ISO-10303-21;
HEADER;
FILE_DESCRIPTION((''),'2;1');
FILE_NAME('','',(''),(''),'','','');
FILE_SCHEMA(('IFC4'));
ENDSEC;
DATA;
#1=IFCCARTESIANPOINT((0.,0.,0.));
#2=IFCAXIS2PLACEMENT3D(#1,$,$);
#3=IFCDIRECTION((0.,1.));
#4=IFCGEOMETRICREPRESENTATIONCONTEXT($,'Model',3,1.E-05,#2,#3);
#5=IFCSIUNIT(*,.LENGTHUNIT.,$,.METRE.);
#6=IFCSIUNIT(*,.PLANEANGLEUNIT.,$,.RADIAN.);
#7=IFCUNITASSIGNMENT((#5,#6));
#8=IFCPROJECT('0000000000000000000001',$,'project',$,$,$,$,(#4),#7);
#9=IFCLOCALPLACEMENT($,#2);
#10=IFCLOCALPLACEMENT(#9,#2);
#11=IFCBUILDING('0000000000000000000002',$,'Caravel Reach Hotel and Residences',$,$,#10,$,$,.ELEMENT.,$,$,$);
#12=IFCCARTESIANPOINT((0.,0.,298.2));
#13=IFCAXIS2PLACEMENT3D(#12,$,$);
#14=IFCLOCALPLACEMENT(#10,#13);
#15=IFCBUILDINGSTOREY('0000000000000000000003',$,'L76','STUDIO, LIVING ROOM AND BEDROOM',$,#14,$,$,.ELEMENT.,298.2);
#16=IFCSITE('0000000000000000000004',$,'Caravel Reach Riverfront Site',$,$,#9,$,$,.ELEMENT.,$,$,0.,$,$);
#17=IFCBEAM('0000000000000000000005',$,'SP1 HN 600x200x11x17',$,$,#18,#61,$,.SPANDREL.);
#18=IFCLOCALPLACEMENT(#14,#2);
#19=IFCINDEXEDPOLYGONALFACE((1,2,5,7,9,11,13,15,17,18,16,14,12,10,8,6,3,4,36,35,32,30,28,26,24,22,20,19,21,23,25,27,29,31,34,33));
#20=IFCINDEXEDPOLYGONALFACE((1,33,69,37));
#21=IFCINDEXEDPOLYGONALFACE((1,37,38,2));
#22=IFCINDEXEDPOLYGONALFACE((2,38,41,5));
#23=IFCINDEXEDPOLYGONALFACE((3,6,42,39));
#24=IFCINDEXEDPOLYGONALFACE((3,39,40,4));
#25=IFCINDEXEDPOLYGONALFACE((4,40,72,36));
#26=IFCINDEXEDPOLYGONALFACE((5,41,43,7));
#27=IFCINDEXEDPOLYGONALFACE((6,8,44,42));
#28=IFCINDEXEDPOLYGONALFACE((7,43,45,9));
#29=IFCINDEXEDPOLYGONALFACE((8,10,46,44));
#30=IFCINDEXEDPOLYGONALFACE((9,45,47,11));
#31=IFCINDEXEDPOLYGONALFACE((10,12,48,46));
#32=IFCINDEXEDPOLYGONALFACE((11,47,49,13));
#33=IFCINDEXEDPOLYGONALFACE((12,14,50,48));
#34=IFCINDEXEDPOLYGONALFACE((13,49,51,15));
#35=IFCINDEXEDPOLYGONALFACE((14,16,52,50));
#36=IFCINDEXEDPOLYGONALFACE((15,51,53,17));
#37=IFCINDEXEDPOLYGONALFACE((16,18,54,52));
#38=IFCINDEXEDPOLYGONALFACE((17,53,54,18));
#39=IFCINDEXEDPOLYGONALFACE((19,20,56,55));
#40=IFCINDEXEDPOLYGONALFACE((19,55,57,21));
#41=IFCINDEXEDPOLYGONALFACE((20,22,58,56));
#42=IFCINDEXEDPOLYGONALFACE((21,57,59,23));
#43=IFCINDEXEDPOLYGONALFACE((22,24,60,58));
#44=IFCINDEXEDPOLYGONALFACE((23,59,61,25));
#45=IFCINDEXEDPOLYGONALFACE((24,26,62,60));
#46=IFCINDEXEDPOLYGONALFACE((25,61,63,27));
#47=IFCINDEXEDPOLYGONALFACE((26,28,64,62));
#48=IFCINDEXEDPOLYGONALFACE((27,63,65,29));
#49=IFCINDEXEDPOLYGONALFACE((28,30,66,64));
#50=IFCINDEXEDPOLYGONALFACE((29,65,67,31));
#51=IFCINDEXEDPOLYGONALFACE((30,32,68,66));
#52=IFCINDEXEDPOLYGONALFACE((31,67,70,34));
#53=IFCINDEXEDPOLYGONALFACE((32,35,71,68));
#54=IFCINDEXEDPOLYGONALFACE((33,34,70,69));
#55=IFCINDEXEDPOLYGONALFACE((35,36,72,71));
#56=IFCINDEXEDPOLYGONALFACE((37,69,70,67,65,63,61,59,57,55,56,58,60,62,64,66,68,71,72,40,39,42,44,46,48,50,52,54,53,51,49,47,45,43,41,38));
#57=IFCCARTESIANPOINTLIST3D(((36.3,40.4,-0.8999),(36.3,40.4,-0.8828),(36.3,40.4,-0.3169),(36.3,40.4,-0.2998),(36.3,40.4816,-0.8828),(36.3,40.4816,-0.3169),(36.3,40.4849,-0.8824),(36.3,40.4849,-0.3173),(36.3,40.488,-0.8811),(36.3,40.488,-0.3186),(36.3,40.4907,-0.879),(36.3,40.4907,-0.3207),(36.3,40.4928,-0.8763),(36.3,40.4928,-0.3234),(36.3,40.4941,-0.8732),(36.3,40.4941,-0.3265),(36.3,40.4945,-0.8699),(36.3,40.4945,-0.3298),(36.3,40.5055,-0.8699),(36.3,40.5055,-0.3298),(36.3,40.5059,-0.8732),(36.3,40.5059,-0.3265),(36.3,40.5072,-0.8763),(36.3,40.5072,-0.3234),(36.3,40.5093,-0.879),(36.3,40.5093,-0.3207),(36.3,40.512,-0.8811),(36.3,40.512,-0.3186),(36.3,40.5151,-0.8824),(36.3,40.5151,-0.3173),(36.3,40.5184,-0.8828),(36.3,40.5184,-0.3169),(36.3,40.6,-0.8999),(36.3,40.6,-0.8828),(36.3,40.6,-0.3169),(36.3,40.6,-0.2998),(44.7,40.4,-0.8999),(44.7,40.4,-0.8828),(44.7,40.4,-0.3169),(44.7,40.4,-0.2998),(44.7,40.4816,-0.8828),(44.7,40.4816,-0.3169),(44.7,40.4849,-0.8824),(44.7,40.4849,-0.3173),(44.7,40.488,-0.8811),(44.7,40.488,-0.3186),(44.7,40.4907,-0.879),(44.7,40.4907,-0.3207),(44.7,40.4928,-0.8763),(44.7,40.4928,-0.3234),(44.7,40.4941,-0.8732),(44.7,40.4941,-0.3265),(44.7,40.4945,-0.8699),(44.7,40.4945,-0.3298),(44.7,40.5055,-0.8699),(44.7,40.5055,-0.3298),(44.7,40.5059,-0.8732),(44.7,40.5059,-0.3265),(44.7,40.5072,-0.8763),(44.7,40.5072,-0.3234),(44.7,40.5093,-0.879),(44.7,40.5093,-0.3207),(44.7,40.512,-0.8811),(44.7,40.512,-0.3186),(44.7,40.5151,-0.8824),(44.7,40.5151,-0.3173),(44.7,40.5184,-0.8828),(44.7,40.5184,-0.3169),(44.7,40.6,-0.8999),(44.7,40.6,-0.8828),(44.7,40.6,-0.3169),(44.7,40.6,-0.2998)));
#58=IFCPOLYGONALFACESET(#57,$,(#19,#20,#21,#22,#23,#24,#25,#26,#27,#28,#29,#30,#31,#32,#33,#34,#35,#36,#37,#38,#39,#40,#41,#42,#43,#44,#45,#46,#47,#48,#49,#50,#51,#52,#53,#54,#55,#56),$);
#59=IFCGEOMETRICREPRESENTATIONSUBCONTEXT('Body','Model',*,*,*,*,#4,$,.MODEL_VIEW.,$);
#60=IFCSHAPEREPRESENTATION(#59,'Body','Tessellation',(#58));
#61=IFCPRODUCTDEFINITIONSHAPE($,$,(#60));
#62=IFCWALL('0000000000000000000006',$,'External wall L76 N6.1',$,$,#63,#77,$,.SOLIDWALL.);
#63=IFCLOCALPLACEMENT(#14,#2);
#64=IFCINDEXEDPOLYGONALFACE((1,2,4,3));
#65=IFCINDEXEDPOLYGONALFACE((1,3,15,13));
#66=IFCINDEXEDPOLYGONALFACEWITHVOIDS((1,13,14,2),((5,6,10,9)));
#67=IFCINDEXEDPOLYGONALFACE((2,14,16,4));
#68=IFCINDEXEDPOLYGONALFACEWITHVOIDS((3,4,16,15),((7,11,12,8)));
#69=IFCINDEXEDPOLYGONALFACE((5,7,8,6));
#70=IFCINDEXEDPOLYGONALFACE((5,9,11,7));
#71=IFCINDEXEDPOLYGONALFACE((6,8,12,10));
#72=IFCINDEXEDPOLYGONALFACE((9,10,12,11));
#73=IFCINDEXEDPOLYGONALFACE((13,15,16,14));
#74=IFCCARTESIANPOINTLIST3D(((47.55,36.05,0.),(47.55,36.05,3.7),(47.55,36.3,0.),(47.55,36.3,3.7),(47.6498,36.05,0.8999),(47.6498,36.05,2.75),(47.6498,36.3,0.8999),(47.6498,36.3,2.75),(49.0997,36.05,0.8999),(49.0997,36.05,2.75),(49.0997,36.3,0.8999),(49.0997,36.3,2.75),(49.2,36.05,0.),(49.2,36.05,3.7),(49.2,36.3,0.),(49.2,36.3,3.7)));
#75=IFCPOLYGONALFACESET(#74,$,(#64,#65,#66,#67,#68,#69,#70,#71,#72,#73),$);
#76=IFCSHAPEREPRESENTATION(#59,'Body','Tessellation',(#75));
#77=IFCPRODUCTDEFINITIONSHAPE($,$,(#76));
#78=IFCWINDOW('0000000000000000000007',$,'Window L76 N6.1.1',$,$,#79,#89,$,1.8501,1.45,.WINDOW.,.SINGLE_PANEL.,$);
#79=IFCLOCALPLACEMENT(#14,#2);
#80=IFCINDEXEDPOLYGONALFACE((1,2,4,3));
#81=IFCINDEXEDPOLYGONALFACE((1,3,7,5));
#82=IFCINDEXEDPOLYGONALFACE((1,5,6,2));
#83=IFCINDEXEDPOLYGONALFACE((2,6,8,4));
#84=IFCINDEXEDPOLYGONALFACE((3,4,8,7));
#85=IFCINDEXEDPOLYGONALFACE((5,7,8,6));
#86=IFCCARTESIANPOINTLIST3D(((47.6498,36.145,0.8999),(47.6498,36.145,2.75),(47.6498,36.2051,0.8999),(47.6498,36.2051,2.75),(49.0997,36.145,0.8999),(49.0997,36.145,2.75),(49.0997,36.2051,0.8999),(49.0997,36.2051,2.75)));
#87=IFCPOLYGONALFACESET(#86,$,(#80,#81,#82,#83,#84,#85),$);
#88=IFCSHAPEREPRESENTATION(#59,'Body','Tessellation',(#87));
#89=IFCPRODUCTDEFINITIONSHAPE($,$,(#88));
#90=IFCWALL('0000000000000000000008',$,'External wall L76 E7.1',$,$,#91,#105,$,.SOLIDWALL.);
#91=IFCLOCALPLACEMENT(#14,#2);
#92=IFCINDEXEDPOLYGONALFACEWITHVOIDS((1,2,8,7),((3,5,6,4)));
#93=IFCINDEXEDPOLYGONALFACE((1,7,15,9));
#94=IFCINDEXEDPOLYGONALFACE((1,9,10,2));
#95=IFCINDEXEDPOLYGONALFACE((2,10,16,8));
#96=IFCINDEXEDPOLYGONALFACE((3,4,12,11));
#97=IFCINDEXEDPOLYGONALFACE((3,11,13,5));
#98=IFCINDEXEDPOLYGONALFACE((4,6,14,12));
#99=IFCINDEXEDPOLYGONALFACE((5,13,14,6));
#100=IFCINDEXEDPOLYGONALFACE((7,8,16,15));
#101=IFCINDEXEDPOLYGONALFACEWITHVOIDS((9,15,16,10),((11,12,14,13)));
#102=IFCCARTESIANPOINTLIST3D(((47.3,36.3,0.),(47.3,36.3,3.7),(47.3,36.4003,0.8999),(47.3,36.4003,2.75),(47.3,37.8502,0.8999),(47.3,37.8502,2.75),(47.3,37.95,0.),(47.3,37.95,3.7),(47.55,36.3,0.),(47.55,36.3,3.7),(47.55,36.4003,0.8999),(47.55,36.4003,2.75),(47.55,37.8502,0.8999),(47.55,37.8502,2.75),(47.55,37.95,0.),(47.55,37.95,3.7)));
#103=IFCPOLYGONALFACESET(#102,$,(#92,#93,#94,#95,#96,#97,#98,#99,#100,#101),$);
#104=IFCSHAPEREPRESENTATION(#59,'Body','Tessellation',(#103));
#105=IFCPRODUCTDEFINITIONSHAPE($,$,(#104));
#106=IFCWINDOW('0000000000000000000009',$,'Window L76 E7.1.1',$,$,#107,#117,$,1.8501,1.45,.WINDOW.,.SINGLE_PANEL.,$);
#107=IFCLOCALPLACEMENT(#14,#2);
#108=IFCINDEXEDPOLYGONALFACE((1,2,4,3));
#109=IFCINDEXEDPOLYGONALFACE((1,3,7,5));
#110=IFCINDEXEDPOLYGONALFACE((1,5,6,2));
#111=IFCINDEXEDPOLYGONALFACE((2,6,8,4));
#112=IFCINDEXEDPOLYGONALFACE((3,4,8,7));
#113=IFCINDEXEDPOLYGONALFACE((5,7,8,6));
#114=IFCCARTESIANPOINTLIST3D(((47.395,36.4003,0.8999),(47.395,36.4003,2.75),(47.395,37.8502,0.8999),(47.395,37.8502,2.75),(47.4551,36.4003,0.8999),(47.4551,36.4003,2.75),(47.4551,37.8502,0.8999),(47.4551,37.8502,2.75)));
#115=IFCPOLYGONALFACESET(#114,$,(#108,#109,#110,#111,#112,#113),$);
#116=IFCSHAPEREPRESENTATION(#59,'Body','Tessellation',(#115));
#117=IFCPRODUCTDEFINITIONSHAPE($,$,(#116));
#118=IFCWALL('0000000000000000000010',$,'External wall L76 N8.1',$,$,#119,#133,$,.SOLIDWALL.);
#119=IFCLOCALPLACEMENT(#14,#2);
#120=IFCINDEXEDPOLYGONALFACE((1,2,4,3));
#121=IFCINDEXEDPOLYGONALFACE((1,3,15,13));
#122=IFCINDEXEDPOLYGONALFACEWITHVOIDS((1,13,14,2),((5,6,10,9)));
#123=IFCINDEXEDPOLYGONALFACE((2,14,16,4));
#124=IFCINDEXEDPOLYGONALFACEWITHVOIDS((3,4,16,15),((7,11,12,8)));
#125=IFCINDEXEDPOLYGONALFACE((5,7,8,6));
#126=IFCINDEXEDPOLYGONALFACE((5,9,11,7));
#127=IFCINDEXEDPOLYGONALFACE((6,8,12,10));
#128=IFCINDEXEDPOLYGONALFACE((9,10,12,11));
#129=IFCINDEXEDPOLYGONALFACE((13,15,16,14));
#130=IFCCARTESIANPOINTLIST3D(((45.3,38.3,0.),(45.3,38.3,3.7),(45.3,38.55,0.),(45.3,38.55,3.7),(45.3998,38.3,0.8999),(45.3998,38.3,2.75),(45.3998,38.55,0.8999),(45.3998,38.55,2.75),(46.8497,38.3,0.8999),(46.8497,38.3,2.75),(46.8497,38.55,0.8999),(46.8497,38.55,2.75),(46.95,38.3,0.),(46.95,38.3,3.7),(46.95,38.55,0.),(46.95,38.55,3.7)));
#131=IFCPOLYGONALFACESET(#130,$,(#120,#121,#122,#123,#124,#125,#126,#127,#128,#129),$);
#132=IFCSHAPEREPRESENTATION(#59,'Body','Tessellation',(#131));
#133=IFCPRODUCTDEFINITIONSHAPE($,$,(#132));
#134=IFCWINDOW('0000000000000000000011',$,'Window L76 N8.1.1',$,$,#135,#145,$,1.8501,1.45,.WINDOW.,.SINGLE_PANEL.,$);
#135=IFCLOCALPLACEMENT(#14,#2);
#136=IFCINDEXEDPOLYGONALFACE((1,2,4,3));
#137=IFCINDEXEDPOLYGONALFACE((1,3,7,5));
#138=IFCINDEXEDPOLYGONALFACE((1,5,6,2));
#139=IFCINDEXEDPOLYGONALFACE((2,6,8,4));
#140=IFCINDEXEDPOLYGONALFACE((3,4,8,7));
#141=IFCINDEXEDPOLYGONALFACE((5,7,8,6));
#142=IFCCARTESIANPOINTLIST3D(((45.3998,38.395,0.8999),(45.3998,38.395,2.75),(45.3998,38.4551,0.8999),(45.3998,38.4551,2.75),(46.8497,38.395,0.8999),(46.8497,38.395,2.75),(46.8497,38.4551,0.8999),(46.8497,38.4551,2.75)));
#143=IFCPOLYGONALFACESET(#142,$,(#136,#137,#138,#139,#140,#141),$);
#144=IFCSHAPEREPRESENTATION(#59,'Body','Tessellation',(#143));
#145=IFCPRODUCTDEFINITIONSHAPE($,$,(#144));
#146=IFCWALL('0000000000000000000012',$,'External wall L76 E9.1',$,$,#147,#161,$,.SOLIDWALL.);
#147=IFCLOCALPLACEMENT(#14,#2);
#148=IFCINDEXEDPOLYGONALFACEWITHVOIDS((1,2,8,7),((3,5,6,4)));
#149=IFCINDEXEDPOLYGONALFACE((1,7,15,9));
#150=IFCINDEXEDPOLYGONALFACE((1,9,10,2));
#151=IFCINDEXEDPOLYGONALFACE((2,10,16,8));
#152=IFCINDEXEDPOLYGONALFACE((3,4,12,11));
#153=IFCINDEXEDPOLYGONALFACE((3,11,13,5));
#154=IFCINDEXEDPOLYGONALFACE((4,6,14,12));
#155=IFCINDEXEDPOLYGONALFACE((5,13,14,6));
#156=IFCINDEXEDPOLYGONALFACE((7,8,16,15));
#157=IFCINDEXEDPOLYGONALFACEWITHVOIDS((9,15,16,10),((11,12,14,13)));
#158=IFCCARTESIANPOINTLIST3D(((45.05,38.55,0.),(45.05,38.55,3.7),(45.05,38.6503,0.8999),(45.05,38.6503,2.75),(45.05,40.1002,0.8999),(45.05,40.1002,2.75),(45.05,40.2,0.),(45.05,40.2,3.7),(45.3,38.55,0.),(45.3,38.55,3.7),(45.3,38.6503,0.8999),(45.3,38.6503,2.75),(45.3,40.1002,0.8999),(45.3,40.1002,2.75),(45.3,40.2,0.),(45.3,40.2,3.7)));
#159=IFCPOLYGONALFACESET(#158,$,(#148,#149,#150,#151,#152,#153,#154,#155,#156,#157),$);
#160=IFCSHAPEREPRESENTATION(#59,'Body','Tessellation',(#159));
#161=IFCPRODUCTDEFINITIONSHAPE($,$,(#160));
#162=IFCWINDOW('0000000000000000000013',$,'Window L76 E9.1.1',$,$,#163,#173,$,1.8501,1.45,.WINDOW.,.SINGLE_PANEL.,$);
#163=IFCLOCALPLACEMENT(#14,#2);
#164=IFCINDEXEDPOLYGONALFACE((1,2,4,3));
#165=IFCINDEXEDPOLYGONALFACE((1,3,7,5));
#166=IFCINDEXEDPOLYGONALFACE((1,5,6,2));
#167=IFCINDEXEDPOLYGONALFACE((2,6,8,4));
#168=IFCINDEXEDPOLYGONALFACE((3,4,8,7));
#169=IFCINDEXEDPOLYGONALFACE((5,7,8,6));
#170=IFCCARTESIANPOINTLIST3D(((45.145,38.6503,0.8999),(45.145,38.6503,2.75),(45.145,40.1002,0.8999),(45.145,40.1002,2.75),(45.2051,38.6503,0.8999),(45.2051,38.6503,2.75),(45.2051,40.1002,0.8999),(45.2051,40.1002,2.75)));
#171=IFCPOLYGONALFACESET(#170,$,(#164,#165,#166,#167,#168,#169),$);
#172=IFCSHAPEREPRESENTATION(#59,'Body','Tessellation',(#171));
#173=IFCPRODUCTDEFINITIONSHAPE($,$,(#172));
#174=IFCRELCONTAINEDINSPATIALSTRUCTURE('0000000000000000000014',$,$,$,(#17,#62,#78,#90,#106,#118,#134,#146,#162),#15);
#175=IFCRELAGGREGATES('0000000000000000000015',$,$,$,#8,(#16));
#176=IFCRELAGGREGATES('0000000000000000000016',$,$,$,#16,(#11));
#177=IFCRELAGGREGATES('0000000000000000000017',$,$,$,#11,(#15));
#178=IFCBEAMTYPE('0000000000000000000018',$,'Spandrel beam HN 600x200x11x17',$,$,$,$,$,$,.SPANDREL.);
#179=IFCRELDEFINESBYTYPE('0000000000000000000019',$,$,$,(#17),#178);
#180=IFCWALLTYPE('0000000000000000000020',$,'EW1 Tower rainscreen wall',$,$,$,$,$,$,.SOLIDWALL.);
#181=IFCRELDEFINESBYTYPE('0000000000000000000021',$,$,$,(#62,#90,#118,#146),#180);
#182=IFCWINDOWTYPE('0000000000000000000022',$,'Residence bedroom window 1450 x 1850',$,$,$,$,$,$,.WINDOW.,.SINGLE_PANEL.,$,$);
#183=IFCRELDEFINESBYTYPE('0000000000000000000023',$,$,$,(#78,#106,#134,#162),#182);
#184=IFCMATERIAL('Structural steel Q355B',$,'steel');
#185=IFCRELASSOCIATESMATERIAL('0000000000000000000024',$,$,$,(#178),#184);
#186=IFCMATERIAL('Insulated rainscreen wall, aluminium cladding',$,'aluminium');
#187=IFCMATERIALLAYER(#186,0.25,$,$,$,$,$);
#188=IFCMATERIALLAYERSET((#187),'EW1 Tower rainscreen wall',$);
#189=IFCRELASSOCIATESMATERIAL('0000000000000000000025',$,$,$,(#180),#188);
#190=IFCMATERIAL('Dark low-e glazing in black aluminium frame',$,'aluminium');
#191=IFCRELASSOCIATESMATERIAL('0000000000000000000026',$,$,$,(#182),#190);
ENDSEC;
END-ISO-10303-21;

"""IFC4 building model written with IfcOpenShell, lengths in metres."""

from ifc_helpers import new_model, si_unit, direction, frame, frame_2d, origin, origin_2d, place, context, subcontext, project, spatial, rectangle, i_section, extrude, material, layer, layer_set, material_profile, profile_set, type_object, element, fill, save


model = new_model("IFC4")

# Units and contexts
model_context = context("Model", 3, precision=1e-05, world=origin(), true_north=direction((0.0, 1.0)))
body_context = subcontext(model_context, "Body", "Model", "MODEL_VIEW")
ifc_project = project(units=[si_unit("LENGTHUNIT", "METRE"), si_unit("PLANEANGLEUNIT", "RADIAN")], contexts=[model_context])

# Site, building, storey
site_placement = place(None, origin())
site = spatial("IfcSite", under=ifc_project, at=site_placement, Name="Caravel Reach Riverfront Site", CompositionType="ELEMENT", RefElevation=0.0)
building_placement = place(site_placement, origin())
building = spatial("IfcBuilding", under=site, at=building_placement, Name="Caravel Reach Hotel and Residences", CompositionType="ELEMENT")
storey_placement = place(building_placement, frame((0.0, 0.0, 298.2)))
storey = spatial("IfcBuildingStorey", under=building, at=storey_placement, Name="L76", Description="STUDIO, LIVING ROOM AND BEDROOM", CompositionType="ELEMENT", Elevation=298.2)

# Beam
ifc_material_1 = material(Name="Structural steel Q355B", Category="steel")
ifc_material_profile_1 = material_profile(ifc_material_1, i_section(OverallWidth=0.2, OverallDepth=0.6001, WebThickness=0.011, FlangeThickness=0.0171, FilletRadius=0.0129, at=origin_2d()), Name="HN 600x200x11x17")
ifc_profile_set_1 = profile_set([ifc_material_profile_1], Name="Structural steel Q355B")
beam_type = type_object("IfcBeamType", Name="Spandrel beam HN 600x200x11x17", PredefinedType="SPANDREL", material=ifc_profile_set_1)
beam_placement = place(storey_placement, frame((44.7, 40.5, -0.5999), z_axis=(-1.0, 0.0, 0.0), x_axis=(0.0, -1.0, 0.0)))
element("IfcBeam", 1, at=beam_placement, inside=storey, type_object=beam_type, Name="SP1 HN 600x200x11x17", PredefinedType="SPANDREL", context=body_context, shape_type="SweptSolid", body=[
    extrude(i_section(OverallWidth=0.2, OverallDepth=0.6001, WebThickness=0.011, FlangeThickness=0.0171, FilletRadius=0.0129, at=origin_2d()), origin(), (0.0, 0.0, 1.0), 8.3999),
])

# Walls, openings, windows
ifc_material_2 = material(Name="Insulated rainscreen wall, aluminium cladding", Category="aluminium")
ifc_layer = layer(ifc_material_2, 0.25)
ifc_layer_set = layer_set([ifc_layer], Name="EW1 Tower rainscreen wall")
wall_type = type_object("IfcWallType", Name="EW1 Tower rainscreen wall", PredefinedType="SOLIDWALL", material=ifc_layer_set)
wall_1_placement = place(storey_placement, frame((49.2, 36.175, 0.0), z_axis=(0.0, 0.0, 1.0), x_axis=(-1.0, 0.0, 0.0)))
wall_1 = element("IfcWall", 2, at=wall_1_placement, inside=storey, type_object=wall_type, Name="External wall L76 N6.1", PredefinedType="SOLIDWALL", context=body_context, shape_type="SweptSolid", body=[
    extrude(rectangle(XDim=1.6499, YDim=0.25, at=frame_2d((0.825, 0.0))), origin(), (0.0, 0.0, 1.0), 3.7),
])
opening_1_placement = place(wall_1_placement, frame((0.1001, 0.0, 0.8999)))
opening_1 = element("IfcOpeningElement", 3, at=opening_1_placement, cuts=wall_1, PredefinedType="OPENING", context=body_context, shape_type="SweptSolid", body=[
    extrude(rectangle(XDim=1.45, YDim=1.8501, at=frame_2d((0.7251, 0.925))), frame((0.0, 0.135, 0.0), z_axis=(0.0, -1.0, 0.0), x_axis=(1.0, 0.0, 0.0)), (0.0, 0.0, 1.0), 0.27),
])
ifc_material_3 = material(Name="Dark low-e glazing in black aluminium frame", Category="aluminium")
window_type_1 = type_object("IfcWindowType", Name="Residence bedroom window 1450 x 1850", PartitioningType="SINGLE_PANEL", PredefinedType="WINDOW", material=ifc_material_3)
window_1_placement = place(opening_1_placement, origin())
window_1 = element("IfcWindow", 4, at=window_1_placement, inside=storey, type_object=window_type_1, Name="Window L76 N6.1.1", OverallHeight=1.8501, OverallWidth=1.45, PartitioningType="SINGLE_PANEL", PredefinedType="WINDOW", context=body_context, shape_type="SweptSolid", body=[
    extrude(rectangle(XDim=1.45, YDim=1.8501, at=frame_2d((0.7251, 0.925))), frame((0.0, 0.03, 0.0), z_axis=(0.0, -1.0, 0.0), x_axis=(1.0, 0.0, 0.0)), (0.0, 0.0, 1.0), 0.0601),
])
fill(opening_1, window_1)
wall_2_placement = place(storey_placement, frame((47.425, 36.3, 0.0), z_axis=(0.0, 0.0, 1.0), x_axis=(0.0, 1.0, 0.0)))
wall_2 = element("IfcWall", 5, at=wall_2_placement, inside=storey, type_object=wall_type, Name="External wall L76 E7.1", PredefinedType="SOLIDWALL", context=body_context, shape_type="SweptSolid", body=[
    extrude(rectangle(XDim=1.6499, YDim=0.25, at=frame_2d((0.825, 0.0))), origin(), (0.0, 0.0, 1.0), 3.7),
])
opening_2_placement = place(wall_2_placement, frame((0.1001, 0.0, 0.8999)))
opening_2 = element("IfcOpeningElement", 6, at=opening_2_placement, cuts=wall_2, PredefinedType="OPENING", context=body_context, shape_type="SweptSolid", body=[
    extrude(rectangle(XDim=1.45, YDim=1.8501, at=frame_2d((0.7251, 0.925))), frame((0.0, 0.135, 0.0), z_axis=(0.0, -1.0, 0.0), x_axis=(1.0, 0.0, 0.0)), (0.0, 0.0, 1.0), 0.27),
])
window_2_placement = place(opening_2_placement, origin())
window_2 = element("IfcWindow", 7, at=window_2_placement, inside=storey, type_object=window_type_1, Name="Window L76 E7.1.1", OverallHeight=1.8501, OverallWidth=1.45, PartitioningType="SINGLE_PANEL", PredefinedType="WINDOW", context=body_context, shape_type="SweptSolid", body=[
    extrude(rectangle(XDim=1.45, YDim=1.8501, at=frame_2d((0.7251, 0.925))), frame((0.0, 0.03, 0.0), z_axis=(0.0, -1.0, 0.0), x_axis=(1.0, 0.0, 0.0)), (0.0, 0.0, 1.0), 0.0601),
])
fill(opening_2, window_2)
wall_3_placement = place(storey_placement, frame((46.95, 38.425, 0.0), z_axis=(0.0, 0.0, 1.0), x_axis=(-1.0, 0.0, 0.0)))
wall_3 = element("IfcWall", 8, at=wall_3_placement, inside=storey, type_object=wall_type, Name="External wall L76 N8.1", PredefinedType="SOLIDWALL", context=body_context, shape_type="SweptSolid", body=[
    extrude(rectangle(XDim=1.6499, YDim=0.25, at=frame_2d((0.825, 0.0))), origin(), (0.0, 0.0, 1.0), 3.7),
])
opening_3_placement = place(wall_3_placement, frame((0.1001, 0.0, 0.8999)))
opening_3 = element("IfcOpeningElement", 9, at=opening_3_placement, cuts=wall_3, PredefinedType="OPENING", context=body_context, shape_type="SweptSolid", body=[
    extrude(rectangle(XDim=1.45, YDim=1.8501, at=frame_2d((0.7251, 0.925))), frame((0.0, 0.135, 0.0), z_axis=(0.0, -1.0, 0.0), x_axis=(1.0, 0.0, 0.0)), (0.0, 0.0, 1.0), 0.27),
])
window_3_placement = place(opening_3_placement, origin())
window_3 = element("IfcWindow", 10, at=window_3_placement, inside=storey, type_object=window_type_1, Name="Window L76 N8.1.1", OverallHeight=1.8501, OverallWidth=1.45, PartitioningType="SINGLE_PANEL", PredefinedType="WINDOW", context=body_context, shape_type="SweptSolid", body=[
    extrude(rectangle(XDim=1.45, YDim=1.8501, at=frame_2d((0.7251, 0.925))), frame((0.0, 0.03, 0.0), z_axis=(0.0, -1.0, 0.0), x_axis=(1.0, 0.0, 0.0)), (0.0, 0.0, 1.0), 0.0601),
])
fill(opening_3, window_3)
wall_4_placement = place(storey_placement, frame((45.175, 38.55, 0.0), z_axis=(0.0, 0.0, 1.0), x_axis=(0.0, 1.0, 0.0)))
wall_4 = element("IfcWall", 11, at=wall_4_placement, inside=storey, type_object=wall_type, Name="External wall L76 E9.1", PredefinedType="SOLIDWALL", context=body_context, shape_type="SweptSolid", body=[
    extrude(rectangle(XDim=1.6499, YDim=0.25, at=frame_2d((0.825, 0.0))), origin(), (0.0, 0.0, 1.0), 3.7),
])
opening_4_placement = place(wall_4_placement, frame((0.1001, 0.0, 0.8999)))
opening_4 = element("IfcOpeningElement", 12, at=opening_4_placement, cuts=wall_4, PredefinedType="OPENING", context=body_context, shape_type="SweptSolid", body=[
    extrude(rectangle(XDim=1.45, YDim=1.8501, at=frame_2d((0.7251, 0.925))), frame((0.0, 0.135, 0.0), z_axis=(0.0, -1.0, 0.0), x_axis=(1.0, 0.0, 0.0)), (0.0, 0.0, 1.0), 0.27),
])
window_4_placement = place(opening_4_placement, origin())
window_4 = element("IfcWindow", 13, at=window_4_placement, inside=storey, type_object=window_type_1, Name="Window L76 E9.1.1", OverallHeight=1.8501, OverallWidth=1.45, PartitioningType="SINGLE_PANEL", PredefinedType="WINDOW", context=body_context, shape_type="SweptSolid", body=[
    extrude(rectangle(XDim=1.45, YDim=1.8501, at=frame_2d((0.7251, 0.925))), frame((0.0, 0.03, 0.0), z_axis=(0.0, -1.0, 0.0), x_axis=(1.0, 0.0, 0.0)), (0.0, 0.0, 1.0), 0.0601),
])
fill(opening_4, window_4)

save(model, "model.ifc")
